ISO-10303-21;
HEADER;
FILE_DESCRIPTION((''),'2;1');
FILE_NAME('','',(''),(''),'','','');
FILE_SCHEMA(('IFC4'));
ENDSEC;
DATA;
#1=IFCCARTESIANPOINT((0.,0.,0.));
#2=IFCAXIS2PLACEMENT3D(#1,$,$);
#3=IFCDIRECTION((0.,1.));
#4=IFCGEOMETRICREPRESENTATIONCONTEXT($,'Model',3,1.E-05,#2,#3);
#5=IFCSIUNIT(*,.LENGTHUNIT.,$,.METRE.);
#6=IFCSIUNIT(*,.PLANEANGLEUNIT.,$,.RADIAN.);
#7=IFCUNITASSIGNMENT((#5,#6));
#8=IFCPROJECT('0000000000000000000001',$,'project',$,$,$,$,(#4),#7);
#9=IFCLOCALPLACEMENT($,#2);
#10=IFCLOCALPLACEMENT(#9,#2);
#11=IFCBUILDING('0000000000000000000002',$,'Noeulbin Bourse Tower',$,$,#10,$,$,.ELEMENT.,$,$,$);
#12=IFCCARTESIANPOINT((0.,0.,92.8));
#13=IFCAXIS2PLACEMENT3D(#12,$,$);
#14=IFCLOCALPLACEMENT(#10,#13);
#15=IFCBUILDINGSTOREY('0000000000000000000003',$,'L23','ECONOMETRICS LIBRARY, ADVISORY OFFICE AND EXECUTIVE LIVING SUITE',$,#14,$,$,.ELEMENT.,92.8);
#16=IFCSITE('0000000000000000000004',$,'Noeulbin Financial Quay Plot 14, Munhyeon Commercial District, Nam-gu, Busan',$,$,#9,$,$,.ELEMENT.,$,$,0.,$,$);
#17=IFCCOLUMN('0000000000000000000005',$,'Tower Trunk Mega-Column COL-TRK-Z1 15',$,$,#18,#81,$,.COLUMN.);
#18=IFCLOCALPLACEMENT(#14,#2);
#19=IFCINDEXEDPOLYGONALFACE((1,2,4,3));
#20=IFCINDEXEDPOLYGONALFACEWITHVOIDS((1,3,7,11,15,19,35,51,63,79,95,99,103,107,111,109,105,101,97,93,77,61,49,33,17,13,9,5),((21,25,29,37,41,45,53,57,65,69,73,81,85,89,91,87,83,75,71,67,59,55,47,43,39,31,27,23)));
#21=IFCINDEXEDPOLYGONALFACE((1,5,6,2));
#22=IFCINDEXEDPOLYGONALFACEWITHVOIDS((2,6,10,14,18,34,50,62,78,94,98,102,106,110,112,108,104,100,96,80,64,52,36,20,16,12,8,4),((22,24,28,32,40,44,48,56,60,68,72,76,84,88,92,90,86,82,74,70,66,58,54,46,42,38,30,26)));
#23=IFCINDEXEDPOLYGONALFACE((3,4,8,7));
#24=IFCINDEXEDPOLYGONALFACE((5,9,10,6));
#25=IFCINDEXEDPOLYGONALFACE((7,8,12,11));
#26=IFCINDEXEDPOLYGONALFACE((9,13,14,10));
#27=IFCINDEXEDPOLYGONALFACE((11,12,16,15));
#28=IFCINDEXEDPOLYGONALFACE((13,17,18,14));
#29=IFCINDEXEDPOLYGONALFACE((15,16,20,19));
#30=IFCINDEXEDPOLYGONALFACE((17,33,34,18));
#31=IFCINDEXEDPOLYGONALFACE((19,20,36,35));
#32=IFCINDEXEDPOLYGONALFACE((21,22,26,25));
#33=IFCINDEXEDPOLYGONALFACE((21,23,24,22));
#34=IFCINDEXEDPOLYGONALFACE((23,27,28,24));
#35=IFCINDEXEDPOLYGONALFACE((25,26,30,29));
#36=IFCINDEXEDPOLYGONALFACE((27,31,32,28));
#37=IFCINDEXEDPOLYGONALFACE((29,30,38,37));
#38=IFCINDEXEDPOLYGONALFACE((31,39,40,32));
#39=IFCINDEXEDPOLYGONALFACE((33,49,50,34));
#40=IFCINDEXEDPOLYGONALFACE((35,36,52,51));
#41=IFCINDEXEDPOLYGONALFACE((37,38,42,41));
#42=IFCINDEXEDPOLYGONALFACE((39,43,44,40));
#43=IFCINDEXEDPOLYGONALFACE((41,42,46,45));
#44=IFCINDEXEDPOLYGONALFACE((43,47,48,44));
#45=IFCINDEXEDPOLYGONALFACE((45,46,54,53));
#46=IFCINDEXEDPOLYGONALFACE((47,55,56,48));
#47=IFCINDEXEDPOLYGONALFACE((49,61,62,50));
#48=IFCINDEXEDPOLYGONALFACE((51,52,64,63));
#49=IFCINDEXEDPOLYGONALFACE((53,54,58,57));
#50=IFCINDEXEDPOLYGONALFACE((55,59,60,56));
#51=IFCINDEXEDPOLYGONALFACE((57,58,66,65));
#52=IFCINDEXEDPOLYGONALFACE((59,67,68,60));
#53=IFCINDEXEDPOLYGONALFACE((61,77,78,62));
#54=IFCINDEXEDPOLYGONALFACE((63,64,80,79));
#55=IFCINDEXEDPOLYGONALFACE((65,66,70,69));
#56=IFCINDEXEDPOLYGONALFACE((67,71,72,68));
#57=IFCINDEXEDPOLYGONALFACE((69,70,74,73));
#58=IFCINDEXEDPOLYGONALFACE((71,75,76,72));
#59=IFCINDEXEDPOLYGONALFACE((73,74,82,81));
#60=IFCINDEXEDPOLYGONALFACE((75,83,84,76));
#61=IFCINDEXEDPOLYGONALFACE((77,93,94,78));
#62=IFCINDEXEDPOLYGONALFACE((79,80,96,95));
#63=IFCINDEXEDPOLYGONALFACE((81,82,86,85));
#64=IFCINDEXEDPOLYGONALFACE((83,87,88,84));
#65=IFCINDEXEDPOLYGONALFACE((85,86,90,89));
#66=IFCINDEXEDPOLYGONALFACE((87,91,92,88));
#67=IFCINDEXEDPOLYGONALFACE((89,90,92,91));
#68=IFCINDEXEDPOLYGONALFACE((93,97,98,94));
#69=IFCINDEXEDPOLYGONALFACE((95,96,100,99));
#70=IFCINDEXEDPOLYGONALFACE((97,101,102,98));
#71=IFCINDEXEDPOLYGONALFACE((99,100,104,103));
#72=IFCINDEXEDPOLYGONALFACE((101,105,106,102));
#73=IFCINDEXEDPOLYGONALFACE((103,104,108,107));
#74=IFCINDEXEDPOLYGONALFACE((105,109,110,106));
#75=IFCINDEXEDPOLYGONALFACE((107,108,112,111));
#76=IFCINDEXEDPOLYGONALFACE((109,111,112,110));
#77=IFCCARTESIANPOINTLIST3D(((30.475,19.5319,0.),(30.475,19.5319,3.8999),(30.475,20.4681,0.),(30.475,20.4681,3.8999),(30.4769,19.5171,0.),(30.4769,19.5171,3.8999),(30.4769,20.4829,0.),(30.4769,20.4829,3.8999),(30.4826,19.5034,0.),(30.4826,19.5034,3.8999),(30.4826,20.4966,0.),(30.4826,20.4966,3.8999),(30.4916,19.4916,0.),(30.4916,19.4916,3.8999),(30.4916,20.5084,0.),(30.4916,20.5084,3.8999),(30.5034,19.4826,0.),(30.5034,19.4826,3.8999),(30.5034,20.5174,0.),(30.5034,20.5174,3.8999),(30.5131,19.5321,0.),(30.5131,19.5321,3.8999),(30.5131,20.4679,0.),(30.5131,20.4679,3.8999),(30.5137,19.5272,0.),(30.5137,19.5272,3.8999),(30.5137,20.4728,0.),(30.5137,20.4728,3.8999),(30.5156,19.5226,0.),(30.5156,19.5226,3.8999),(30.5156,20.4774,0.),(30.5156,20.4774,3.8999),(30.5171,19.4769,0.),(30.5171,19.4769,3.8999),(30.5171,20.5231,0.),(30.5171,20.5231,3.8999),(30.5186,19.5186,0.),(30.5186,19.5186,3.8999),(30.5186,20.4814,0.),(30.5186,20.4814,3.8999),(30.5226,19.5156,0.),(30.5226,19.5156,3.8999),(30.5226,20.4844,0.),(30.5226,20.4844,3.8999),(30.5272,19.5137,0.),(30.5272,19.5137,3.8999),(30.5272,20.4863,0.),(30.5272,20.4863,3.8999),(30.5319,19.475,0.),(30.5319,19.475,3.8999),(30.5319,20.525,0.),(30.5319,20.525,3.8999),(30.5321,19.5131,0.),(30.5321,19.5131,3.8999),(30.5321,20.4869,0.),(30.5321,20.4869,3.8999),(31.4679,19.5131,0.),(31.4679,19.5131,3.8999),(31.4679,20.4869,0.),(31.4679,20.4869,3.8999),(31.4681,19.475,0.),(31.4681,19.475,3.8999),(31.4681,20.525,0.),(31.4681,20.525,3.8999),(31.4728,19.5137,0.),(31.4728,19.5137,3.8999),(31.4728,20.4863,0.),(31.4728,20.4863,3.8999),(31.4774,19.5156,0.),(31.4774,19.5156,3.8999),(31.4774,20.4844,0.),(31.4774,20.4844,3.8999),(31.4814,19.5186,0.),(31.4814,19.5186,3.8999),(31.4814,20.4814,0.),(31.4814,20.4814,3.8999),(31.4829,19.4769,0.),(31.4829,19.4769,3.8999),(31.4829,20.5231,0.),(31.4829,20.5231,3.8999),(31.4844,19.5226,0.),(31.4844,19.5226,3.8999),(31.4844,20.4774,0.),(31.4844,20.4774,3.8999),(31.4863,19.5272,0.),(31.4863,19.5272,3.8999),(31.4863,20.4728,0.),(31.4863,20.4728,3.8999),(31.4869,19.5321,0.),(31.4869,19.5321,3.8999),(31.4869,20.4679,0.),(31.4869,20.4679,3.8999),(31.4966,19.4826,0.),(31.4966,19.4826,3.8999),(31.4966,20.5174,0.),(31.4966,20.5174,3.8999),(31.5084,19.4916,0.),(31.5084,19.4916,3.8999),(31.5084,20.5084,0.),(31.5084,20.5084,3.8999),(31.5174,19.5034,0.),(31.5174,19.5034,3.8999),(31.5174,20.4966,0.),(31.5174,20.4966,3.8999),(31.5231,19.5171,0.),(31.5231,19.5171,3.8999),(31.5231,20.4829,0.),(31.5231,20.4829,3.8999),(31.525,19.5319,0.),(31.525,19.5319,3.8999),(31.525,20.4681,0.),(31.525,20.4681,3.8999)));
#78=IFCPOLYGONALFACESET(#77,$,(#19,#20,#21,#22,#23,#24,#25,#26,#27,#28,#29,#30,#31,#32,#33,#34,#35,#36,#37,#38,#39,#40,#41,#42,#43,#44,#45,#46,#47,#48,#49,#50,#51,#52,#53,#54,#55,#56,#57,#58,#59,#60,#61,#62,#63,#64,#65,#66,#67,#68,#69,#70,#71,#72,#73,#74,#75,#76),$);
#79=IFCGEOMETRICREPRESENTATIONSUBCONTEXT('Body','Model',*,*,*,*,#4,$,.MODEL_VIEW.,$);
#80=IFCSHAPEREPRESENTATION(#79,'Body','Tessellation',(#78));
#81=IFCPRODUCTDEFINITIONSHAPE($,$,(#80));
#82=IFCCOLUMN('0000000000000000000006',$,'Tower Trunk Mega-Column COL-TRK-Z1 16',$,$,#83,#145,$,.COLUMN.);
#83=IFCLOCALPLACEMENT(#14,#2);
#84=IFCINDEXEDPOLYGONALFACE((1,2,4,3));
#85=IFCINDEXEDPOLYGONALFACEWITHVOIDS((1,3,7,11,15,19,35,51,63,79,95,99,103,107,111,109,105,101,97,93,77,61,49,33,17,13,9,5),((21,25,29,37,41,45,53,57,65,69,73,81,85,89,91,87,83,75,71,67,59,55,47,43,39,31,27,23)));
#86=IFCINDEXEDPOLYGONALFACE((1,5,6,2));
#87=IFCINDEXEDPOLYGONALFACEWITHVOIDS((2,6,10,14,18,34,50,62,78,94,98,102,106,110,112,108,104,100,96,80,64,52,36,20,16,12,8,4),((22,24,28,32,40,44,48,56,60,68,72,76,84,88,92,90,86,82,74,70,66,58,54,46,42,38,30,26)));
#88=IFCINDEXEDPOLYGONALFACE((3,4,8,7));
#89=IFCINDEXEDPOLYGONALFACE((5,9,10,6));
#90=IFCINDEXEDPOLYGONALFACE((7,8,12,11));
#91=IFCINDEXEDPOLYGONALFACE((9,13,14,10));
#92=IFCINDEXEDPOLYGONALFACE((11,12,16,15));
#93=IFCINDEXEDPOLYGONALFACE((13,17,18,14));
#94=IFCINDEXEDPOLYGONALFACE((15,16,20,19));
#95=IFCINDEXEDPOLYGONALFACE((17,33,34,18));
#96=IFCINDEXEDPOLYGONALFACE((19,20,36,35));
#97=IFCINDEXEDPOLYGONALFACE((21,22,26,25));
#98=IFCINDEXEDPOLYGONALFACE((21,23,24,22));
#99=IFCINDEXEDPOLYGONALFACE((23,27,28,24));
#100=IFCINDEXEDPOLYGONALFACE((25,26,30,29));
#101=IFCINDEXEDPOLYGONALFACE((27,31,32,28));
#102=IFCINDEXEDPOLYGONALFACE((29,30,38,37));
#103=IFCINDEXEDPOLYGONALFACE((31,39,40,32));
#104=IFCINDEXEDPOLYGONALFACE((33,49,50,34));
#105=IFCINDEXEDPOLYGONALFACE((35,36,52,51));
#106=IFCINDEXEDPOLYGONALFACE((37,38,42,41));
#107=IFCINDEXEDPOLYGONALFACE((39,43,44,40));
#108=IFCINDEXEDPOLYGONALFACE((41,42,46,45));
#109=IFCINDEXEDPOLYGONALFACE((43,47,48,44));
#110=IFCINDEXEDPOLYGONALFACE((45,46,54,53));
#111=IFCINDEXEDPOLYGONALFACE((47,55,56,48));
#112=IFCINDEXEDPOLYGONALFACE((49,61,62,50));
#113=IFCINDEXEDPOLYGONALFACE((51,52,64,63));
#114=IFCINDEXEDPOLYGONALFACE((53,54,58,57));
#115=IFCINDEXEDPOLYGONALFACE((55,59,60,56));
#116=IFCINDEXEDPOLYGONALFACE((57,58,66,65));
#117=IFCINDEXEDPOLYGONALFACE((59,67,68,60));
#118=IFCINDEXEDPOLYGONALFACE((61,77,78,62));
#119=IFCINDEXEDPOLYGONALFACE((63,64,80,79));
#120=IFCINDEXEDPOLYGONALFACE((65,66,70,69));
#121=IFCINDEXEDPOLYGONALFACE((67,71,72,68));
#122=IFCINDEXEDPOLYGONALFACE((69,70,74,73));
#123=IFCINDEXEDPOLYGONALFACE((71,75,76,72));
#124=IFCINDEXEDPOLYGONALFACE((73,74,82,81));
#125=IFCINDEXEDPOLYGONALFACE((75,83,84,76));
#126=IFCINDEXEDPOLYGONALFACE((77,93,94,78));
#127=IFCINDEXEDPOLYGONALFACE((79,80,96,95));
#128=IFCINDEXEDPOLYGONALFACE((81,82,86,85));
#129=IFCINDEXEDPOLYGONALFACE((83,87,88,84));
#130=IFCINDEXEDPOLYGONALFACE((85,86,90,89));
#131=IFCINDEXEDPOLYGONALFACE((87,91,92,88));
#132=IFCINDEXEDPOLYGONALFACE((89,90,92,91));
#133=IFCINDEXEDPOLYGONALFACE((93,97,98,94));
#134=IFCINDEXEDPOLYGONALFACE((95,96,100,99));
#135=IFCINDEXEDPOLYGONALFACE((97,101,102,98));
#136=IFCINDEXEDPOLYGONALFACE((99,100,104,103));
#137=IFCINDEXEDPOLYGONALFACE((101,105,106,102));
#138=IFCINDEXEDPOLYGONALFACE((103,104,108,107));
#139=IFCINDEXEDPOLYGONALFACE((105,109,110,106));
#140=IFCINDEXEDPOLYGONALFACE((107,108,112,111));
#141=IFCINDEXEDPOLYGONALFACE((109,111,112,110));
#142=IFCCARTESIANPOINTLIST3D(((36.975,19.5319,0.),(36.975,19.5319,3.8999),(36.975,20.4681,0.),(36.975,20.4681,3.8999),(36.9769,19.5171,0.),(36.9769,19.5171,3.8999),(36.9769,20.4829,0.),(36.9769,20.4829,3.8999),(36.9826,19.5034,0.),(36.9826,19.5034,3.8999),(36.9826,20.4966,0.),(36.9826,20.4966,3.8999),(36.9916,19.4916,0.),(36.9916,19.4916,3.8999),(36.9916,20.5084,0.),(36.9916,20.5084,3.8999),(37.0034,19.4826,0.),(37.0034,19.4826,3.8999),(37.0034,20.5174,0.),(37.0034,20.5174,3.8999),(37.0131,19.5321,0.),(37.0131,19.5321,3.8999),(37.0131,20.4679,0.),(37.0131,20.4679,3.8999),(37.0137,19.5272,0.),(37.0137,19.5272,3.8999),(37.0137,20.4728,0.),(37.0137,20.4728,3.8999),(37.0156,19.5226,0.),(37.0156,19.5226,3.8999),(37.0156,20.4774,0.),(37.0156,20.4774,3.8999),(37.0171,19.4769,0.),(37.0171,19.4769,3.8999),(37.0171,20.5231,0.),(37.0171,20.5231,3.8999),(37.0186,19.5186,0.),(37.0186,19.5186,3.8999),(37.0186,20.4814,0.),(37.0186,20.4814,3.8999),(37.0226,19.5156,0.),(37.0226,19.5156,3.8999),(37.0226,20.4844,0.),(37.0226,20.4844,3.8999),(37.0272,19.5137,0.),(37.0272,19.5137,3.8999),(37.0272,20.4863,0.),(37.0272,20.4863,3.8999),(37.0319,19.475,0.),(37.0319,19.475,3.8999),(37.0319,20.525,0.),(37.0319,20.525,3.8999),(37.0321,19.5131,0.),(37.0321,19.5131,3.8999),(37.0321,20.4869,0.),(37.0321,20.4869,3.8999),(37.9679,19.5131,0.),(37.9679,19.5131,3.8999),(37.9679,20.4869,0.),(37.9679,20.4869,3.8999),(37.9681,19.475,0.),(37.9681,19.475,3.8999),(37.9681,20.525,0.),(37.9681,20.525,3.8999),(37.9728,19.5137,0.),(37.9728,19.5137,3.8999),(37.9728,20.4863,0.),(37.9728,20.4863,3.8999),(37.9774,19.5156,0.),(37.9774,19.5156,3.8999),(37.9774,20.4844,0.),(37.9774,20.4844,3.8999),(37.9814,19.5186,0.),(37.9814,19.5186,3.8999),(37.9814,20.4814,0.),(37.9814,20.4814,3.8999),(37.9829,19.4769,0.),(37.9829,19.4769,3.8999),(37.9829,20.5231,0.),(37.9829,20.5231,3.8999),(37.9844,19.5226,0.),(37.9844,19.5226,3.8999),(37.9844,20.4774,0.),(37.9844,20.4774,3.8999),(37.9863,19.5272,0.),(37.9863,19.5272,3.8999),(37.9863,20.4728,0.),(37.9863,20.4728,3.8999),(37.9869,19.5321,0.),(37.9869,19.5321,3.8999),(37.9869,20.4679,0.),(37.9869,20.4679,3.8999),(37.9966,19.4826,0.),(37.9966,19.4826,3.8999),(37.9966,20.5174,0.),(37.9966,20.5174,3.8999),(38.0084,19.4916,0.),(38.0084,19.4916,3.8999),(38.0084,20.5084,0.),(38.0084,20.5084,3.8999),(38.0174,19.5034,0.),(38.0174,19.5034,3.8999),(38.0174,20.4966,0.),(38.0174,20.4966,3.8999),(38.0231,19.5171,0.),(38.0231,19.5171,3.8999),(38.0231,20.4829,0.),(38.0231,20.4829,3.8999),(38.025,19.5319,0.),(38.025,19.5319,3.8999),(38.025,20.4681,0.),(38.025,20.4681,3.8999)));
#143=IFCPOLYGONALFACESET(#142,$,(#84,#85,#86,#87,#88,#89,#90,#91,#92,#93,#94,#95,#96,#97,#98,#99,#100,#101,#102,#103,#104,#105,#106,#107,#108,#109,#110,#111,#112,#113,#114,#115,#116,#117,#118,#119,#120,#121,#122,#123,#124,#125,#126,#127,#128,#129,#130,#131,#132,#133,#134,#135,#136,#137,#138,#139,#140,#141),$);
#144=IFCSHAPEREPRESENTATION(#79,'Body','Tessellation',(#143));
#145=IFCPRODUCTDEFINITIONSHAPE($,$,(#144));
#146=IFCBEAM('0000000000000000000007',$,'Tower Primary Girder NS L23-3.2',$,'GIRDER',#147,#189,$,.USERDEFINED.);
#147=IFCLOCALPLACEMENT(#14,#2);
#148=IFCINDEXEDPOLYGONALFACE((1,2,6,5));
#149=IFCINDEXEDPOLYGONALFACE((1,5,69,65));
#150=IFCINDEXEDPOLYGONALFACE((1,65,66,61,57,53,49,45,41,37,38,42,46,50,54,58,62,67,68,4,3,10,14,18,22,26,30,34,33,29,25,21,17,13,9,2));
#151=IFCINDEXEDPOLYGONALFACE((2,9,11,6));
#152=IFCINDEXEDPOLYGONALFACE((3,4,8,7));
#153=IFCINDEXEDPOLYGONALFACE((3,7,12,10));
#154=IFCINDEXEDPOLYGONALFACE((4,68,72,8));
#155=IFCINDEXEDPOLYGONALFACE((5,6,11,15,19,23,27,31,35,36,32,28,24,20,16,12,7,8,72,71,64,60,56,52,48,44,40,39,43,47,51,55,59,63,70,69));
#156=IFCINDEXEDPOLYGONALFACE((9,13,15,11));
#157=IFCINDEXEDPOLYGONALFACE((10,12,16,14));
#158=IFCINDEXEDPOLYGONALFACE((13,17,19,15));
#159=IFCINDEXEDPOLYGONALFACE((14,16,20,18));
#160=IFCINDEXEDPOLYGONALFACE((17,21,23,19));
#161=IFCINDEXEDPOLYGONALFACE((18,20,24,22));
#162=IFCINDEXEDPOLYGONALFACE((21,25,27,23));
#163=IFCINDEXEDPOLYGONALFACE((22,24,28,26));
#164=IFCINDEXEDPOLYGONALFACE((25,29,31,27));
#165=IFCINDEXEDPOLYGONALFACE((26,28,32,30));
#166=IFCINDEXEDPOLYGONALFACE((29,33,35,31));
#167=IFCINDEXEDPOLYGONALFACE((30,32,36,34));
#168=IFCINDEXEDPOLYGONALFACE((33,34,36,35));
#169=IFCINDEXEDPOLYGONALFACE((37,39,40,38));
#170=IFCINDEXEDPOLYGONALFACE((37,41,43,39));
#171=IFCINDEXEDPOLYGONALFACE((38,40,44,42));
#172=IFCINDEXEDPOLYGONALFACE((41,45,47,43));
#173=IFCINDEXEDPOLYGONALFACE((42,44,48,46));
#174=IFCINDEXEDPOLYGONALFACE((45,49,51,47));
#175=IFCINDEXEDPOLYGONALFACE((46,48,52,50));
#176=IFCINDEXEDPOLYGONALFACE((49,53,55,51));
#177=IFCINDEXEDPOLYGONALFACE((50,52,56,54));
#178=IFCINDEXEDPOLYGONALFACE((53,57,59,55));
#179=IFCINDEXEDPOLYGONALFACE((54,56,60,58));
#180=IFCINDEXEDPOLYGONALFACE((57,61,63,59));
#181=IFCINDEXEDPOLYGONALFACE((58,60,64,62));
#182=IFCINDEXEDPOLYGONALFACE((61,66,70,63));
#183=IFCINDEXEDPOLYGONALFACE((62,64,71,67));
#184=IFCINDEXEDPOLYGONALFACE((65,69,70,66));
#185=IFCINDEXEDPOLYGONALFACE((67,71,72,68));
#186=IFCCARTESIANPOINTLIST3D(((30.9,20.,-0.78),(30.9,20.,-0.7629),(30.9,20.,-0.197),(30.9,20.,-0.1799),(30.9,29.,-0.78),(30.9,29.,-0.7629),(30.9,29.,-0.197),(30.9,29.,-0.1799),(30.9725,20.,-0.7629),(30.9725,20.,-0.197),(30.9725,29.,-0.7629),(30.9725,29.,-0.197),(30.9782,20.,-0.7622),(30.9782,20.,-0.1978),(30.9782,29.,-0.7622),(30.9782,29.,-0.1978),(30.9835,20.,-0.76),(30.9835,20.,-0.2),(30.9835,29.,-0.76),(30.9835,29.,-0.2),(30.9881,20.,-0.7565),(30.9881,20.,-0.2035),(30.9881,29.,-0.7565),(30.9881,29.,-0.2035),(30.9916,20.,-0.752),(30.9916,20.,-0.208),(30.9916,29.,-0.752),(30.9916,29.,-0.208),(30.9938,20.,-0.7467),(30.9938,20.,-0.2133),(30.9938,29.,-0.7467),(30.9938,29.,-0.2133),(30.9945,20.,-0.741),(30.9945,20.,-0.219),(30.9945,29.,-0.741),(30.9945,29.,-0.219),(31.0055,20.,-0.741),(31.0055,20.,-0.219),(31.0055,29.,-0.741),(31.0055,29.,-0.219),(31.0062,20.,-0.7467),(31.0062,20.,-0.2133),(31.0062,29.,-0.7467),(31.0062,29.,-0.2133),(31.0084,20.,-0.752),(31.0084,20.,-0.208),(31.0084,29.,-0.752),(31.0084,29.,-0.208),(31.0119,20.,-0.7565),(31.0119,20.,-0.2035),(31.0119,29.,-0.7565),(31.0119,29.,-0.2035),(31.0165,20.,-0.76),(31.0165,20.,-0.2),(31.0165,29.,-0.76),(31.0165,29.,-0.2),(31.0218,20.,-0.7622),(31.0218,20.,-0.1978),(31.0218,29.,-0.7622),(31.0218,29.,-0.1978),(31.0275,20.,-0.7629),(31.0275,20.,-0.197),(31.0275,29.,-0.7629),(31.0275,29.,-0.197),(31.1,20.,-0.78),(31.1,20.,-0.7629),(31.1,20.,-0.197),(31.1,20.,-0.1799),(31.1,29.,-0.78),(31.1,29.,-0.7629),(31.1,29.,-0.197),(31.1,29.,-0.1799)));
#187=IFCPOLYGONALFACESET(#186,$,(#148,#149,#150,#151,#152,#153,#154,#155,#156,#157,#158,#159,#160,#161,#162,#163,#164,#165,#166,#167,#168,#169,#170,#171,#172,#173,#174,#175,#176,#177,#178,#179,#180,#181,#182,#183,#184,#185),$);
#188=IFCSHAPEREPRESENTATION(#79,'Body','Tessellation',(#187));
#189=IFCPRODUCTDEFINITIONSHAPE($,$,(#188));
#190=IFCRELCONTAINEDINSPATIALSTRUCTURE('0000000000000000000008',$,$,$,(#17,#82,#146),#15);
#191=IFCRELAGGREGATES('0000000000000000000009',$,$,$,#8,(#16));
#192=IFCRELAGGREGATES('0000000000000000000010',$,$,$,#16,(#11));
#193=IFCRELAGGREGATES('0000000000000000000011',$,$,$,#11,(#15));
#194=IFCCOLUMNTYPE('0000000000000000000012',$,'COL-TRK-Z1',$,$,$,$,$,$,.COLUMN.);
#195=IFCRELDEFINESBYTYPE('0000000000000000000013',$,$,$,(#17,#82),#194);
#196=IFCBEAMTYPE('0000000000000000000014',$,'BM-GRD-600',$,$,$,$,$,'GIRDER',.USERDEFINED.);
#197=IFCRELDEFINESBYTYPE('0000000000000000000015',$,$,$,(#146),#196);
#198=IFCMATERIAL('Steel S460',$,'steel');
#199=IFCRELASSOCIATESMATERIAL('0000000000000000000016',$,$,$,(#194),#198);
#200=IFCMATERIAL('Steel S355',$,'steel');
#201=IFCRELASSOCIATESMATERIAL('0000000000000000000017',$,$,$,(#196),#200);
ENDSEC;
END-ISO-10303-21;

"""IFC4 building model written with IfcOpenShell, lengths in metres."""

from ifc_helpers import new_model, si_unit, direction, frame, origin, origin_2d, place, context, subcontext, project, spatial, hollow_rectangle, i_section, extrude, material, material_profile, profile_set, type_object, element, save


model = new_model("IFC4")

# Units and contexts
model_context = context("Model", 3, precision=1e-05, world=origin(), true_north=direction((0.0, 1.0)))
body_context = subcontext(model_context, "Body", "Model", "MODEL_VIEW")
ifc_project = project(units=[si_unit("LENGTHUNIT", "METRE"), si_unit("PLANEANGLEUNIT", "RADIAN")], contexts=[model_context])

# Site, building, storey
site_placement = place(None, origin())
site = spatial("IfcSite", under=ifc_project, at=site_placement, Name="Noeulbin Financial Quay Plot 14, Munhyeon Commercial District, Nam-gu, Busan", CompositionType="ELEMENT", RefElevation=0.0)
building_placement = place(site_placement, origin())
building = spatial("IfcBuilding", under=site, at=building_placement, Name="Noeulbin Bourse Tower", CompositionType="ELEMENT")
storey_placement = place(building_placement, frame((0.0, 0.0, 92.8)))
storey = spatial("IfcBuildingStorey", under=building, at=storey_placement, Name="L23", Description="ECONOMETRICS LIBRARY, ADVISORY OFFICE AND EXECUTIVE LIVING SUITE", CompositionType="ELEMENT", Elevation=92.8)

# Columns
ifc_material_1 = material(Name="Steel S460", Category="steel")
ifc_material_profile_1 = material_profile(ifc_material_1, hollow_rectangle(XDim=1.05, YDim=1.05, WallThickness=0.0381, InnerFilletRadius=0.019, OuterFilletRadius=0.0569, at=origin_2d()), Name="BOX-1050x1050x38", Category="LoadBearing")
ifc_profile_set_1 = profile_set([ifc_material_profile_1], Name="Steel S460")
column_type = type_object("IfcColumnType", Name="COL-TRK-Z1", PredefinedType="COLUMN", material=ifc_profile_set_1)
for number, where, z_axis, x_axis, name in (
    (1, (31.0, 20.0, 0.0), (0.0, 0.0, 1.0), (1.0, 0.0, 0.0), "Tower Trunk Mega-Column COL-TRK-Z1 15"),
    (2, (37.5, 20.0, 0.0), (0.0, 0.0, 1.0), (1.0, 0.0, 0.0), "Tower Trunk Mega-Column COL-TRK-Z1 16"),
):
    element("IfcColumn", number, at=place(storey_placement, frame(where, z_axis=z_axis, x_axis=x_axis)), inside=storey, type_object=column_type, Name=name, PredefinedType="COLUMN", context=body_context, shape_type="SweptSolid", body=[
        extrude(hollow_rectangle(XDim=1.05, YDim=1.05, WallThickness=0.0381, InnerFilletRadius=0.019, OuterFilletRadius=0.0569, at=origin_2d()), origin(), (0.0, 0.0, 1.0), 3.8999),
    ])

# Beam
ifc_material_2 = material(Name="Steel S355", Category="steel")
ifc_material_profile_2 = material_profile(ifc_material_2, i_section(OverallWidth=0.2, OverallDepth=0.6001, WebThickness=0.011, FlangeThickness=0.0171, FilletRadius=0.022, at=origin_2d()), Name="H-600x200x11x17", Category="LoadBearing")
ifc_profile_set_2 = profile_set([ifc_material_profile_2], Name="Steel S355")
beam_type_1 = type_object("IfcBeamType", Name="BM-GRD-600", ElementType="GIRDER", PredefinedType="USERDEFINED", material=ifc_profile_set_2)
for number, where, z_axis, x_axis, name in (
    (3, (31.0, 20.0, -0.48), (0.0, 1.0, 0.0), (-1.0, 0.0, 0.0), "Tower Primary Girder NS L23-3.2"),
):
    element("IfcBeam", number, at=place(storey_placement, frame(where, z_axis=z_axis, x_axis=x_axis)), inside=storey, type_object=beam_type_1, Name=name, ObjectType="GIRDER", PredefinedType="USERDEFINED", context=body_context, shape_type="SweptSolid", body=[
        extrude(i_section(OverallWidth=0.2, OverallDepth=0.6001, WebThickness=0.011, FlangeThickness=0.0171, FilletRadius=0.022, at=origin_2d()), origin(), (0.0, 0.0, 1.0), 9.0),
    ])

save(model, "model.ifc")
